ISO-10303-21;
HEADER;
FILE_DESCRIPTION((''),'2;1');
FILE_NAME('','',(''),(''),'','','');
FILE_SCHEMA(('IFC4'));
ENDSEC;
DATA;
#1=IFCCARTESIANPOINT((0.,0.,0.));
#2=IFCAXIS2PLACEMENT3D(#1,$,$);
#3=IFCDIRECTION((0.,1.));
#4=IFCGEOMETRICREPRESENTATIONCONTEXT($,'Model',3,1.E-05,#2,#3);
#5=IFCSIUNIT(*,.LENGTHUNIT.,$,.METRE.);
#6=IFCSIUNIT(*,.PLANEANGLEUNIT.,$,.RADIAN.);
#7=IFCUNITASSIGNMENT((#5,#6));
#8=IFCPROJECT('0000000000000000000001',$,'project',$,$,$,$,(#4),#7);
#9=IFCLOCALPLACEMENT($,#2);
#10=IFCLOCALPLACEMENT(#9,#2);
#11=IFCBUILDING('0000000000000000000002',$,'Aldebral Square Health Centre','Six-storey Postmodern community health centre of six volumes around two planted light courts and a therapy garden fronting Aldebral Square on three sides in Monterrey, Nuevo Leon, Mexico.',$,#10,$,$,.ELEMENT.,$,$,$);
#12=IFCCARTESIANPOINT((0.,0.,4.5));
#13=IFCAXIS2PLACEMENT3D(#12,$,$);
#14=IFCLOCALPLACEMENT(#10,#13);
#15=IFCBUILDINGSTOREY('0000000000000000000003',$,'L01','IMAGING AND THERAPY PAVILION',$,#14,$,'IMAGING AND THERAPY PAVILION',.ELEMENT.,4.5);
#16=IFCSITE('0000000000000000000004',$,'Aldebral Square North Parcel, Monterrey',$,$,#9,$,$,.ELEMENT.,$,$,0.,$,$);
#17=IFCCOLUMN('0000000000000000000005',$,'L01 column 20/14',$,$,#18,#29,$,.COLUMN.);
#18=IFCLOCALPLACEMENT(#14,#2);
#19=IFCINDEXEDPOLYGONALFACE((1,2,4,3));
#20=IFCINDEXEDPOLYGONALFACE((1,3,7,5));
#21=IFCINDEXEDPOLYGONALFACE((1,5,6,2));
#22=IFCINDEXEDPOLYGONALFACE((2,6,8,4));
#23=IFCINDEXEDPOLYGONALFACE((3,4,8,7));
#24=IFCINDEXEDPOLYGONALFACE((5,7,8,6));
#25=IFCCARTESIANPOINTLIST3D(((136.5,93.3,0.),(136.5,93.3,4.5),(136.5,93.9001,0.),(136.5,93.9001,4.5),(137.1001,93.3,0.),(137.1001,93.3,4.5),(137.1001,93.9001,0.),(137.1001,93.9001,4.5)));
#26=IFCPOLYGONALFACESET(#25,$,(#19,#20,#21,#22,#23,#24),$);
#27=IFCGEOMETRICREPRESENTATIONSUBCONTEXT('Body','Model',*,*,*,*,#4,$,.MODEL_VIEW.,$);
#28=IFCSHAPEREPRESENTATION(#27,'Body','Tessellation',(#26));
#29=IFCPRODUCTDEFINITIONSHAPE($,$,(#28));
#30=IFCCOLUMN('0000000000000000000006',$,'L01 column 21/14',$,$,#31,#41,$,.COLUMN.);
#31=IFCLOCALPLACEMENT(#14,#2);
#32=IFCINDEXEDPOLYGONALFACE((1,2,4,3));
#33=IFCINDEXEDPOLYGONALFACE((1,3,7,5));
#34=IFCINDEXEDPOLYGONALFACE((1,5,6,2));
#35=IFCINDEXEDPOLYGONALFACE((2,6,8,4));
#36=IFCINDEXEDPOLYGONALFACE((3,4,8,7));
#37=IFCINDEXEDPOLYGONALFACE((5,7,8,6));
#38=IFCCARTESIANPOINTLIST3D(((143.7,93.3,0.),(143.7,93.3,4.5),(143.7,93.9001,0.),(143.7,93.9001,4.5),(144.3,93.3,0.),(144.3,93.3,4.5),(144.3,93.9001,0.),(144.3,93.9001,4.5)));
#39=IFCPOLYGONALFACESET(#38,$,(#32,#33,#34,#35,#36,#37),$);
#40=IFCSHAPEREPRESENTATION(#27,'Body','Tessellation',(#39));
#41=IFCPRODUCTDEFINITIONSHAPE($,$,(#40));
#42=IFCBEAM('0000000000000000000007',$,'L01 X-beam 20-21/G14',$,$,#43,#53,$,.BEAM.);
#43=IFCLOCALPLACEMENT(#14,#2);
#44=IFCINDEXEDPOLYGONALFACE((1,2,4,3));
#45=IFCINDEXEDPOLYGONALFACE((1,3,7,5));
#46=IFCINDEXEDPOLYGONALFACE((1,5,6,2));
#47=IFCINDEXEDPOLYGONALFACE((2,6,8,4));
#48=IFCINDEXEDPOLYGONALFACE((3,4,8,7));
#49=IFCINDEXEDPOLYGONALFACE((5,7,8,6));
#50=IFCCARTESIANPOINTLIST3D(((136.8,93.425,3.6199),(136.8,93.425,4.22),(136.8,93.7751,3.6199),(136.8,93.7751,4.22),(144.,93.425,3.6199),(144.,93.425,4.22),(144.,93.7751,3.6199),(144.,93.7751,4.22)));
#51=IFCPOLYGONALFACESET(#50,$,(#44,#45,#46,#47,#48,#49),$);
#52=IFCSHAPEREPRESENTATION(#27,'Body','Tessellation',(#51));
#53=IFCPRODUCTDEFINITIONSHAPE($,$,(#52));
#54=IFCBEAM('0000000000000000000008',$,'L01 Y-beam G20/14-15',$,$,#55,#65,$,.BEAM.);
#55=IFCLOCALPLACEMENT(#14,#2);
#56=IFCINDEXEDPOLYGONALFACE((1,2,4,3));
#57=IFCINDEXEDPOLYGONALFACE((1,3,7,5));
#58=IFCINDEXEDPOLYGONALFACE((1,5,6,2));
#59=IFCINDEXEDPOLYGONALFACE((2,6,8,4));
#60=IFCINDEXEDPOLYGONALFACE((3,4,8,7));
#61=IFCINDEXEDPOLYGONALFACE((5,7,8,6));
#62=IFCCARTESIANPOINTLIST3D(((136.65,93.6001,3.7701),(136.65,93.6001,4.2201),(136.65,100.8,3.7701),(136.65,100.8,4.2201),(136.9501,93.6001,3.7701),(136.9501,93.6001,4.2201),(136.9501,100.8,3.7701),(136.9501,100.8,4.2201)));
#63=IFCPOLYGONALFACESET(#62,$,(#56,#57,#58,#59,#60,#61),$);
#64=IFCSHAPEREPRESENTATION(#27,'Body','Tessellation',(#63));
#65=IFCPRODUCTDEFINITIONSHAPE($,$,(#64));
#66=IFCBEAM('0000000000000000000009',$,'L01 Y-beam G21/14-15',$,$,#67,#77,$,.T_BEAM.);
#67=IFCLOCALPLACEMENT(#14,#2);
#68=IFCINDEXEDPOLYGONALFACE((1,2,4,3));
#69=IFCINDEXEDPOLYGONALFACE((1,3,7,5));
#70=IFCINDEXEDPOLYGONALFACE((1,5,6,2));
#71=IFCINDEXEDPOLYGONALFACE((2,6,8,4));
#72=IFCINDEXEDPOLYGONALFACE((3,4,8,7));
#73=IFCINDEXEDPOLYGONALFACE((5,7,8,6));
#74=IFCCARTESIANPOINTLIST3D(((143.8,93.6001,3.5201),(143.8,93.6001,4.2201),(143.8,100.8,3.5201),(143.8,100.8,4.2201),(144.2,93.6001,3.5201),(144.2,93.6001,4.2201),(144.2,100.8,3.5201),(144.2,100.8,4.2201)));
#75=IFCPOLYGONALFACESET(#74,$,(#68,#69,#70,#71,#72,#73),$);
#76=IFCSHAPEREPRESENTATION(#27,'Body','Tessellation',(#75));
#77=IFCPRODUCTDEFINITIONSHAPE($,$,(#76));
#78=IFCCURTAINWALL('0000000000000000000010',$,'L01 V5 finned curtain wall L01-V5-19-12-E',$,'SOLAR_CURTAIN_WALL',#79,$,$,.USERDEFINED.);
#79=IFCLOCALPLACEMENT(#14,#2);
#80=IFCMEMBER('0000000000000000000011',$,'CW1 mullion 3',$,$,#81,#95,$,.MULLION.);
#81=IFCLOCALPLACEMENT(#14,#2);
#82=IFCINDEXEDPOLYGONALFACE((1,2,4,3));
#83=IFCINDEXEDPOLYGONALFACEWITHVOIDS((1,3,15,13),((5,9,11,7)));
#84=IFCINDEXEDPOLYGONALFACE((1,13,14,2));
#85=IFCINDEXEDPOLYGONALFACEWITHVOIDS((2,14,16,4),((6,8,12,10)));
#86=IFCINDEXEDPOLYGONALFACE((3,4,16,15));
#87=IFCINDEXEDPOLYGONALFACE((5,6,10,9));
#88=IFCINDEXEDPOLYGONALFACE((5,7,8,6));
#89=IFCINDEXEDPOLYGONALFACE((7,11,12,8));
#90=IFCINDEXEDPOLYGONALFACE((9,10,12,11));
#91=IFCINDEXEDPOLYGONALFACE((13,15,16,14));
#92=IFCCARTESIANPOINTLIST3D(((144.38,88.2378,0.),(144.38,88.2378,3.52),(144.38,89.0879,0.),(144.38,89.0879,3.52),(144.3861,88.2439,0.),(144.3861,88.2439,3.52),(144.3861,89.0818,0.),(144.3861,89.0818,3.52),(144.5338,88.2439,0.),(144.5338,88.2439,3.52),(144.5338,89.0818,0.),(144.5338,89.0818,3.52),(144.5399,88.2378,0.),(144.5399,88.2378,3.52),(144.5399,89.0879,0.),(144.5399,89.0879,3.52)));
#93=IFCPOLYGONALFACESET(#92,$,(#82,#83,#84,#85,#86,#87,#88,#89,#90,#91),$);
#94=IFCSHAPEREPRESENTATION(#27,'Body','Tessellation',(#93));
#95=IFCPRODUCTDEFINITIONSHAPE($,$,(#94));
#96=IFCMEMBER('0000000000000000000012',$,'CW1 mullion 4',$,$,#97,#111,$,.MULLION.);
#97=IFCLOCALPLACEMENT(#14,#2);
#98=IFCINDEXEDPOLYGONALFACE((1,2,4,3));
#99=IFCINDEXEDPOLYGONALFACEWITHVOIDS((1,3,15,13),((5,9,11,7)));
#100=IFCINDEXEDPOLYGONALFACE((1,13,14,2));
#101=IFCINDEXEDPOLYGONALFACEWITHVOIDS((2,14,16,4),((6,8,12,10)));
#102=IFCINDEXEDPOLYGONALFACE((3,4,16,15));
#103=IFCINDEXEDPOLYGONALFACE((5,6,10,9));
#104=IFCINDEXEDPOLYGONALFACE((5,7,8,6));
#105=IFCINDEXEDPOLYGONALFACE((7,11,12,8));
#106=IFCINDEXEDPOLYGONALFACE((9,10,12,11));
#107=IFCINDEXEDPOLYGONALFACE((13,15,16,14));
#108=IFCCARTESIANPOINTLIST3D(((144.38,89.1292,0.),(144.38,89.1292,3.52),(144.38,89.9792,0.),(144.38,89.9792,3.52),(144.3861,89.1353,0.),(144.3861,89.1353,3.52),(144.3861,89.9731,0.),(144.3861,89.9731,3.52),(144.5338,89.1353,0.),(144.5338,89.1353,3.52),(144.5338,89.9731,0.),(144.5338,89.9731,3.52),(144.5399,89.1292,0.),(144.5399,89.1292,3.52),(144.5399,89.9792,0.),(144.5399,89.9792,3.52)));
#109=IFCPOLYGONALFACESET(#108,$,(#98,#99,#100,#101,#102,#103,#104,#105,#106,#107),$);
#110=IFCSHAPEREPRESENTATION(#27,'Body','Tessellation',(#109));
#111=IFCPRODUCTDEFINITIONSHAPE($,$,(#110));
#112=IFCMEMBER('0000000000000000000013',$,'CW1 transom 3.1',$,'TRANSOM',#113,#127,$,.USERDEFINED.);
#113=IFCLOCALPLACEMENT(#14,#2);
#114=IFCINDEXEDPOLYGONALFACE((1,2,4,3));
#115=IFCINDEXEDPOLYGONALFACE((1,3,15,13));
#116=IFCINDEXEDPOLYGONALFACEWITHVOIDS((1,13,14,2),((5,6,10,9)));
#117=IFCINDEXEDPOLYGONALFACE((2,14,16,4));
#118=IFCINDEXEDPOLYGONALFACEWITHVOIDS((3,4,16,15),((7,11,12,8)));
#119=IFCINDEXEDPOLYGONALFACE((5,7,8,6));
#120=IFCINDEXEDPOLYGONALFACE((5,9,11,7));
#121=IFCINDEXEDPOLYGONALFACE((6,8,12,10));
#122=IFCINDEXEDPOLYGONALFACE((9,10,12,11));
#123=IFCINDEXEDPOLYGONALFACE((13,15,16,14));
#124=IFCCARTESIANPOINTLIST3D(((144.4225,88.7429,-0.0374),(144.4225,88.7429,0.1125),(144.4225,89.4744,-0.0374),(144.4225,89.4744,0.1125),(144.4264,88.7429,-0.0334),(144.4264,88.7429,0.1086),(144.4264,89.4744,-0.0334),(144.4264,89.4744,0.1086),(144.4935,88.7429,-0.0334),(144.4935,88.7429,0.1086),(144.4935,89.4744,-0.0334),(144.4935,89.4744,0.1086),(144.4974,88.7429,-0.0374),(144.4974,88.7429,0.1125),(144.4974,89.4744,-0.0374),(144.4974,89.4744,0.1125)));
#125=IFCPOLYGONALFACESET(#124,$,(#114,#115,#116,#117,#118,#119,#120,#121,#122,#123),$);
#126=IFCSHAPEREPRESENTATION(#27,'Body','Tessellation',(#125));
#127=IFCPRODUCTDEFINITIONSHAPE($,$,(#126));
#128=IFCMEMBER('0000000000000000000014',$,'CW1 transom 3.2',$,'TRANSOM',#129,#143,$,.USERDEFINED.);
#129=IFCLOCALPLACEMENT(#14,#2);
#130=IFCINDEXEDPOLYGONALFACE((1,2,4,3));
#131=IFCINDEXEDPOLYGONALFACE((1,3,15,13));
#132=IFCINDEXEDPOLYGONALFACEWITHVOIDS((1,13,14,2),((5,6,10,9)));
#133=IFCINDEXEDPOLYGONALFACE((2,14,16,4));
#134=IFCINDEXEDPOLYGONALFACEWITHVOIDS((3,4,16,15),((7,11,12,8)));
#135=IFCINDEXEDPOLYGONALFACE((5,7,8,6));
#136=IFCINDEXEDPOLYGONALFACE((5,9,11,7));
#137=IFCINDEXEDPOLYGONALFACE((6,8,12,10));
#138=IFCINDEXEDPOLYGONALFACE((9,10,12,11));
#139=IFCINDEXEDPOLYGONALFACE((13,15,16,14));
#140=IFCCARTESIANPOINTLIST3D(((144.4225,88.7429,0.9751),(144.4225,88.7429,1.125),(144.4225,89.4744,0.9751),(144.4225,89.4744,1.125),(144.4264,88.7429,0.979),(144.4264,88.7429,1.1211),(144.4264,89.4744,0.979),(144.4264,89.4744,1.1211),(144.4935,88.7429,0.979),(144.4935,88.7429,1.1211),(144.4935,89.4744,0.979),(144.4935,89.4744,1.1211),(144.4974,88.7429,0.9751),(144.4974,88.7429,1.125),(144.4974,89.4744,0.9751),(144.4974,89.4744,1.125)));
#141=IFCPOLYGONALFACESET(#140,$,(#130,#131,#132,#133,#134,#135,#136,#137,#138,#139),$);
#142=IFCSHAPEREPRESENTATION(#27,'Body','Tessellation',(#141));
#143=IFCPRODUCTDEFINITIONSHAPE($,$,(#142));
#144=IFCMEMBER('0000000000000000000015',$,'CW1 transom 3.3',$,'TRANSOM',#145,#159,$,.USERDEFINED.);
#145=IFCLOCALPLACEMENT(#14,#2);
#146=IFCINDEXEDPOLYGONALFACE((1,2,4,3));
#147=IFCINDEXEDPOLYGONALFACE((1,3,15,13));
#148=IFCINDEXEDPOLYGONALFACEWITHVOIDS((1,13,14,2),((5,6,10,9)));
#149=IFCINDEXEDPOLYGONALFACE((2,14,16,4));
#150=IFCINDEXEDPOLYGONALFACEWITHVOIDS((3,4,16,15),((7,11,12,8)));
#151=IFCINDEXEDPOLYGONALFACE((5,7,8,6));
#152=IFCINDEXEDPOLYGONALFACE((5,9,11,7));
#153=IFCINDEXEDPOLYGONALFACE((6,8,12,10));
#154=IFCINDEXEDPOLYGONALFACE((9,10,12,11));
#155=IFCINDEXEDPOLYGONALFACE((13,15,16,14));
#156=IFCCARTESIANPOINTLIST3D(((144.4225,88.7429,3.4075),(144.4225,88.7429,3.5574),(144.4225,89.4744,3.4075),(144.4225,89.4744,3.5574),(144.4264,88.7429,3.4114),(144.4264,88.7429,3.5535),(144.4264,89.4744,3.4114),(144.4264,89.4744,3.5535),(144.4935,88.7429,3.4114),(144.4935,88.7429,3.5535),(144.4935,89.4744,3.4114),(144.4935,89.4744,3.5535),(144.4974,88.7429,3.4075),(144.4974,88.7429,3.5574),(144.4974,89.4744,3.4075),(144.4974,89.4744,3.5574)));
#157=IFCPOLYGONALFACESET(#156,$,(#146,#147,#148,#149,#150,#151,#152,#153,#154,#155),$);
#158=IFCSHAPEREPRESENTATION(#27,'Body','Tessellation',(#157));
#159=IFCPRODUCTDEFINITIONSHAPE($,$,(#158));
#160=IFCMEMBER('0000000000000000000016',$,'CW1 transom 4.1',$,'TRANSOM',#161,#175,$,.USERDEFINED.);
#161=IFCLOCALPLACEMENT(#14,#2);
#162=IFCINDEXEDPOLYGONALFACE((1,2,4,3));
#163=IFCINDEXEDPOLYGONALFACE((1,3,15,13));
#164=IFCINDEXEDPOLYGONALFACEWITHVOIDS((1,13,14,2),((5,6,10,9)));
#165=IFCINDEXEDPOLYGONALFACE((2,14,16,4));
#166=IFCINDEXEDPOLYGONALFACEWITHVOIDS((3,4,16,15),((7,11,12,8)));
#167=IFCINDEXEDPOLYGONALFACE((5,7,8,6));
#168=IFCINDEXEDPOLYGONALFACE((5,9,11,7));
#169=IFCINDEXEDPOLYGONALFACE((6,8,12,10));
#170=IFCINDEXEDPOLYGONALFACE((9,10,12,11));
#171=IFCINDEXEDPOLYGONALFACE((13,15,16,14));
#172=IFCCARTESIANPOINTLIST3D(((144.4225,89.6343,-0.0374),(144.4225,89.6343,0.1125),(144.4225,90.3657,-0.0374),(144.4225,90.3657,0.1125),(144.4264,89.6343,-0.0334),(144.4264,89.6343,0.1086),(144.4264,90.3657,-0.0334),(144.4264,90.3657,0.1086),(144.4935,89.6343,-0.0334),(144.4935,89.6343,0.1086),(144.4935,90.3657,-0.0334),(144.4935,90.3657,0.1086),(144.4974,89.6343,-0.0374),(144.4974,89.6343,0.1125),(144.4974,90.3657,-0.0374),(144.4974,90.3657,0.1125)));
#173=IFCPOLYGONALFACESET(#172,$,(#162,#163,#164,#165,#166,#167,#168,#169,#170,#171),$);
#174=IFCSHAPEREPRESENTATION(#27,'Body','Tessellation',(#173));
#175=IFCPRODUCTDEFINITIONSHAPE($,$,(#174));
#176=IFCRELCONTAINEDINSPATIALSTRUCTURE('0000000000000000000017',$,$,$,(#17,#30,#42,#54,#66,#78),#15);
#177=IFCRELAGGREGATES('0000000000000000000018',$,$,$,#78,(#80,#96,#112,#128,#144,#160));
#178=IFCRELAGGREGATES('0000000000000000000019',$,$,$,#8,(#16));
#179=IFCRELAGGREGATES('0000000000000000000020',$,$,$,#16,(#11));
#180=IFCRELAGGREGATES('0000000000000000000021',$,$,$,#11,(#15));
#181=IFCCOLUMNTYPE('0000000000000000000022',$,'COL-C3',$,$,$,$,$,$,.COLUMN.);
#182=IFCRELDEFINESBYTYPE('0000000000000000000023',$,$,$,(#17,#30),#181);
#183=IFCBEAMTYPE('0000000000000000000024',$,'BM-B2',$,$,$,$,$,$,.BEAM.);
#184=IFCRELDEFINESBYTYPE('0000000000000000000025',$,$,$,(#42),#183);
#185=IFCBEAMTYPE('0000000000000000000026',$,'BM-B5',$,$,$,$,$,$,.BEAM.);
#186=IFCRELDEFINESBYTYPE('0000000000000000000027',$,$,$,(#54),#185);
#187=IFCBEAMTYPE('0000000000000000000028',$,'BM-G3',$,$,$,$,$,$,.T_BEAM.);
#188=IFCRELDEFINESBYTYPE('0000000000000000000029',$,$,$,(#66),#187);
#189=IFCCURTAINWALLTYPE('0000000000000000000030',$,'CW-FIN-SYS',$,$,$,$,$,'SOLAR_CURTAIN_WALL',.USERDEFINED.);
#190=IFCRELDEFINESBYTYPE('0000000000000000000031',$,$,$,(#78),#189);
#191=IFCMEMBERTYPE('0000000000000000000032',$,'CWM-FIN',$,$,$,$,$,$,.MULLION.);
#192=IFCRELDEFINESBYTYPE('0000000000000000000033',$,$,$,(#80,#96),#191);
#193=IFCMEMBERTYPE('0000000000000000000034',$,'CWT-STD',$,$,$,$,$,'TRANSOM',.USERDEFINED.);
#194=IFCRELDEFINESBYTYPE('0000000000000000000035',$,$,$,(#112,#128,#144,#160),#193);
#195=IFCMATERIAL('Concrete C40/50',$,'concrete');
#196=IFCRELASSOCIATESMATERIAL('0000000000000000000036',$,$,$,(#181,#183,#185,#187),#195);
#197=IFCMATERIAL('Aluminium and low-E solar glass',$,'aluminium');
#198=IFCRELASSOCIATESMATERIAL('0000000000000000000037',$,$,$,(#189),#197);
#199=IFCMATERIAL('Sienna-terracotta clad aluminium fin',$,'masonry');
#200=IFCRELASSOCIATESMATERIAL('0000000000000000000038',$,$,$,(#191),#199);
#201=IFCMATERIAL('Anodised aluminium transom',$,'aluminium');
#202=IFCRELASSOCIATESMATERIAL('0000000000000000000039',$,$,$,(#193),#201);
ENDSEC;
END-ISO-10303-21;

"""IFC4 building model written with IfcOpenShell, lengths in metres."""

from ifc_helpers import new_model, si_unit, direction, frame, origin, origin_2d, place, context, subcontext, project, spatial, rectangle, hollow_rectangle, extrude, material, material_profile, profile_set, type_object, element, aggregate, save


model = new_model("IFC4")

# Units and contexts
model_context = context("Model", 3, precision=1e-05, world=origin(), true_north=direction((0.0, 1.0)))
body_context = subcontext(model_context, "Body", "Model", "MODEL_VIEW")
ifc_project = project(units=[si_unit("LENGTHUNIT", "METRE"), si_unit("PLANEANGLEUNIT", "RADIAN")], contexts=[model_context])

# Site, building, storey
site_placement = place(None, origin())
site = spatial("IfcSite", under=ifc_project, at=site_placement, Name="Aldebral Square North Parcel, Monterrey", CompositionType="ELEMENT", RefElevation=0.0)
building_placement = place(site_placement, origin())
building = spatial("IfcBuilding", under=site, at=building_placement, Name="Aldebral Square Health Centre", Description="Six-storey Postmodern community health centre of six volumes around two planted light courts and a therapy garden fronting Aldebral Square on three sides in Monterrey, Nuevo Leon, Mexico.", CompositionType="ELEMENT")
storey_placement = place(building_placement, frame((0.0, 0.0, 4.5)))
storey = spatial("IfcBuildingStorey", under=building, at=storey_placement, Name="L01", Description="IMAGING AND THERAPY PAVILION", LongName="IMAGING AND THERAPY PAVILION", CompositionType="ELEMENT", Elevation=4.5)

# Columns
ifc_material_1 = material(Name="Concrete C40/50", Category="concrete")
ifc_material_profile_1 = material_profile(ifc_material_1, rectangle(XDim=0.6001, YDim=0.6001, at=origin_2d()), Name="RC 600x600")
ifc_profile_set_1 = profile_set([ifc_material_profile_1], Name="Concrete C40/50")
column_type = type_object("IfcColumnType", Name="COL-C3", PredefinedType="COLUMN", material=ifc_profile_set_1)
for number, where, z_axis, x_axis, name in (
    (1, (136.8, 93.6001, 0.0), (0.0, 0.0, 1.0), (1.0, 0.0, 0.0), "L01 column 20/14"),
    (2, (144.0, 93.6001, 0.0), (0.0, 0.0, 1.0), (1.0, 0.0, 0.0), "L01 column 21/14"),
):
    element("IfcColumn", number, at=place(storey_placement, frame(where, z_axis=z_axis, x_axis=x_axis)), inside=storey, type_object=column_type, Name=name, PredefinedType="COLUMN", context=body_context, shape_type="SweptSolid", body=[
        extrude(rectangle(XDim=0.6001, YDim=0.6001, at=origin_2d()), origin(), (0.0, 0.0, 1.0), 4.5),
    ])

# Beams
ifc_material_profile_2 = material_profile(ifc_material_1, rectangle(XDim=0.3501, YDim=0.6001, at=origin_2d()), Name="RC 350x600")
ifc_profile_set_2 = profile_set([ifc_material_profile_2], Name="Concrete C40/50")
beam_type_1 = type_object("IfcBeamType", Name="BM-B2", PredefinedType="BEAM", material=ifc_profile_set_2)
beam_1_placement = place(storey_placement, frame((136.8, 93.6001, 3.9199), z_axis=(1.0, 0.0, 0.0), x_axis=(0.0, 1.0, 0.0)))
element("IfcBeam", 3, at=beam_1_placement, inside=storey, type_object=beam_type_1, Name="L01 X-beam 20-21/G14", PredefinedType="BEAM", context=body_context, shape_type="SweptSolid", body=[
    extrude(rectangle(XDim=0.3501, YDim=0.6001, at=origin_2d()), origin(), (0.0, 0.0, 1.0), 7.2),
])
ifc_material_profile_3 = material_profile(ifc_material_1, rectangle(XDim=0.3, YDim=0.45, at=origin_2d()), Name="RC 300x450")
ifc_profile_set_3 = profile_set([ifc_material_profile_3], Name="Concrete C40/50")
beam_type_2 = type_object("IfcBeamType", Name="BM-B5", PredefinedType="BEAM", material=ifc_profile_set_3)
beam_2_placement = place(storey_placement, frame((136.8, 93.6001, 3.9951), z_axis=(0.0, 1.0, 0.0), x_axis=(-1.0, 0.0, 0.0)))
element("IfcBeam", 4, at=beam_2_placement, inside=storey, type_object=beam_type_2, Name="L01 Y-beam G20/14-15", PredefinedType="BEAM", context=body_context, shape_type="SweptSolid", body=[
    extrude(rectangle(XDim=0.3, YDim=0.45, at=origin_2d()), origin(), (0.0, 0.0, 1.0), 7.2),
])
ifc_material_profile_4 = material_profile(ifc_material_1, rectangle(XDim=0.3999, YDim=0.7, at=origin_2d()), Name="RC 400x700")
ifc_profile_set_4 = profile_set([ifc_material_profile_4], Name="Concrete C40/50")
beam_type_3 = type_object("IfcBeamType", Name="BM-G3", PredefinedType="T_BEAM", material=ifc_profile_set_4)
beam_3_placement = place(storey_placement, frame((144.0, 93.6001, 3.8701), z_axis=(0.0, 1.0, 0.0), x_axis=(-1.0, 0.0, 0.0)))
element("IfcBeam", 5, at=beam_3_placement, inside=storey, type_object=beam_type_3, Name="L01 Y-beam G21/14-15", PredefinedType="T_BEAM", context=body_context, shape_type="SweptSolid", body=[
    extrude(rectangle(XDim=0.3999, YDim=0.7, at=origin_2d()), origin(), (0.0, 0.0, 1.0), 7.2),
])

# Curtain wall, members
ifc_material_2 = material(Name="Aluminium and low-E solar glass", Category="aluminium")
curtain_wall_type = type_object("IfcCurtainWallType", Name="CW-FIN-SYS", ElementType="SOLAR_CURTAIN_WALL", PredefinedType="USERDEFINED", material=ifc_material_2)
curtain_wall_placement = place(storey_placement, origin())
curtain_wall = element("IfcCurtainWall", 6, at=curtain_wall_placement, inside=storey, type_object=curtain_wall_type, Name="L01 V5 finned curtain wall L01-V5-19-12-E", ObjectType="SOLAR_CURTAIN_WALL", PredefinedType="USERDEFINED")
ifc_material_3 = material(Name="Sienna-terracotta clad aluminium fin", Category="masonry")
ifc_material_profile_5 = material_profile(ifc_material_3, hollow_rectangle(XDim=0.1599, YDim=0.8501, WallThickness=0.0061, at=origin_2d()), Name="FIN 160x850x6")
ifc_profile_set_5 = profile_set([ifc_material_profile_5], Name="Sienna-terracotta clad aluminium fin")
member_type_1 = type_object("IfcMemberType", Name="CWM-FIN", PredefinedType="MULLION", material=ifc_profile_set_5)
member_1_placement = place(storey_placement, frame((144.46, 88.6628, 0.0), z_axis=(0.0, 0.0, 1.0), x_axis=(-1.0, 0.0, 0.0)))
member_1 = element("IfcMember", 7, at=member_1_placement, type_object=member_type_1, Name="CW1 mullion 3", PredefinedType="MULLION", context=body_context, shape_type="SweptSolid", body=[
    extrude(hollow_rectangle(XDim=0.1599, YDim=0.8501, WallThickness=0.0061, at=origin_2d()), origin(), (0.0, 0.0, 1.0), 3.52),
])
member_2_placement = place(storey_placement, frame((144.46, 89.5542, 0.0), z_axis=(0.0, 0.0, 1.0), x_axis=(-1.0, 0.0, 0.0)))
member_2 = element("IfcMember", 8, at=member_2_placement, type_object=member_type_1, Name="CW1 mullion 4", PredefinedType="MULLION", context=body_context, shape_type="SweptSolid", body=[
    extrude(hollow_rectangle(XDim=0.1599, YDim=0.8501, WallThickness=0.0061, at=origin_2d()), origin(), (0.0, 0.0, 1.0), 3.52),
])
ifc_material_4 = material(Name="Anodised aluminium transom", Category="aluminium")
ifc_material_profile_6 = material_profile(ifc_material_4, hollow_rectangle(XDim=0.075, YDim=0.1499, WallThickness=0.0039, at=origin_2d()), Name="CWT 75x150x4")
ifc_profile_set_6 = profile_set([ifc_material_profile_6], Name="Anodised aluminium transom")
member_type_2 = type_object("IfcMemberType", Name="CWT-STD", ElementType="TRANSOM", PredefinedType="USERDEFINED", material=ifc_profile_set_6)
member_3_placement = place(storey_placement, frame((144.46, 88.7429, 0.0376), z_axis=(0.0, 1.0, 0.0), x_axis=(-1.0, 0.0, 0.0)))
member_3 = element("IfcMember", 9, at=member_3_placement, type_object=member_type_2, Name="CW1 transom 3.1", ObjectType="TRANSOM", PredefinedType="USERDEFINED", context=body_context, shape_type="SweptSolid", body=[
    extrude(hollow_rectangle(XDim=0.075, YDim=0.1499, WallThickness=0.0039, at=origin_2d()), origin(), (0.0, 0.0, 1.0), 0.7314),
])
member_4_placement = place(storey_placement, frame((144.46, 88.7429, 1.05), z_axis=(0.0, 1.0, 0.0), x_axis=(-1.0, 0.0, 0.0)))
member_4 = element("IfcMember", 10, at=member_4_placement, type_object=member_type_2, Name="CW1 transom 3.2", ObjectType="TRANSOM", PredefinedType="USERDEFINED", context=body_context, shape_type="SweptSolid", body=[
    extrude(hollow_rectangle(XDim=0.075, YDim=0.1499, WallThickness=0.0039, at=origin_2d()), origin(), (0.0, 0.0, 1.0), 0.7314),
])
member_5_placement = place(storey_placement, frame((144.46, 88.7429, 3.4824), z_axis=(0.0, 1.0, 0.0), x_axis=(-1.0, 0.0, 0.0)))
member_5 = element("IfcMember", 11, at=member_5_placement, type_object=member_type_2, Name="CW1 transom 3.3", ObjectType="TRANSOM", PredefinedType="USERDEFINED", context=body_context, shape_type="SweptSolid", body=[
    extrude(hollow_rectangle(XDim=0.075, YDim=0.1499, WallThickness=0.0039, at=origin_2d()), origin(), (0.0, 0.0, 1.0), 0.7314),
])
member_6_placement = place(storey_placement, frame((144.46, 89.6343, 0.0376), z_axis=(0.0, 1.0, 0.0), x_axis=(-1.0, 0.0, 0.0)))
member_6 = element("IfcMember", 12, at=member_6_placement, type_object=member_type_2, Name="CW1 transom 4.1", ObjectType="TRANSOM", PredefinedType="USERDEFINED", context=body_context, shape_type="SweptSolid", body=[
    extrude(hollow_rectangle(XDim=0.075, YDim=0.1499, WallThickness=0.0039, at=origin_2d()), origin(), (0.0, 0.0, 1.0), 0.7314),
])
aggregate(curtain_wall, [member_1, member_2, member_3, member_4, member_5, member_6])

save(model, "model.ifc")
